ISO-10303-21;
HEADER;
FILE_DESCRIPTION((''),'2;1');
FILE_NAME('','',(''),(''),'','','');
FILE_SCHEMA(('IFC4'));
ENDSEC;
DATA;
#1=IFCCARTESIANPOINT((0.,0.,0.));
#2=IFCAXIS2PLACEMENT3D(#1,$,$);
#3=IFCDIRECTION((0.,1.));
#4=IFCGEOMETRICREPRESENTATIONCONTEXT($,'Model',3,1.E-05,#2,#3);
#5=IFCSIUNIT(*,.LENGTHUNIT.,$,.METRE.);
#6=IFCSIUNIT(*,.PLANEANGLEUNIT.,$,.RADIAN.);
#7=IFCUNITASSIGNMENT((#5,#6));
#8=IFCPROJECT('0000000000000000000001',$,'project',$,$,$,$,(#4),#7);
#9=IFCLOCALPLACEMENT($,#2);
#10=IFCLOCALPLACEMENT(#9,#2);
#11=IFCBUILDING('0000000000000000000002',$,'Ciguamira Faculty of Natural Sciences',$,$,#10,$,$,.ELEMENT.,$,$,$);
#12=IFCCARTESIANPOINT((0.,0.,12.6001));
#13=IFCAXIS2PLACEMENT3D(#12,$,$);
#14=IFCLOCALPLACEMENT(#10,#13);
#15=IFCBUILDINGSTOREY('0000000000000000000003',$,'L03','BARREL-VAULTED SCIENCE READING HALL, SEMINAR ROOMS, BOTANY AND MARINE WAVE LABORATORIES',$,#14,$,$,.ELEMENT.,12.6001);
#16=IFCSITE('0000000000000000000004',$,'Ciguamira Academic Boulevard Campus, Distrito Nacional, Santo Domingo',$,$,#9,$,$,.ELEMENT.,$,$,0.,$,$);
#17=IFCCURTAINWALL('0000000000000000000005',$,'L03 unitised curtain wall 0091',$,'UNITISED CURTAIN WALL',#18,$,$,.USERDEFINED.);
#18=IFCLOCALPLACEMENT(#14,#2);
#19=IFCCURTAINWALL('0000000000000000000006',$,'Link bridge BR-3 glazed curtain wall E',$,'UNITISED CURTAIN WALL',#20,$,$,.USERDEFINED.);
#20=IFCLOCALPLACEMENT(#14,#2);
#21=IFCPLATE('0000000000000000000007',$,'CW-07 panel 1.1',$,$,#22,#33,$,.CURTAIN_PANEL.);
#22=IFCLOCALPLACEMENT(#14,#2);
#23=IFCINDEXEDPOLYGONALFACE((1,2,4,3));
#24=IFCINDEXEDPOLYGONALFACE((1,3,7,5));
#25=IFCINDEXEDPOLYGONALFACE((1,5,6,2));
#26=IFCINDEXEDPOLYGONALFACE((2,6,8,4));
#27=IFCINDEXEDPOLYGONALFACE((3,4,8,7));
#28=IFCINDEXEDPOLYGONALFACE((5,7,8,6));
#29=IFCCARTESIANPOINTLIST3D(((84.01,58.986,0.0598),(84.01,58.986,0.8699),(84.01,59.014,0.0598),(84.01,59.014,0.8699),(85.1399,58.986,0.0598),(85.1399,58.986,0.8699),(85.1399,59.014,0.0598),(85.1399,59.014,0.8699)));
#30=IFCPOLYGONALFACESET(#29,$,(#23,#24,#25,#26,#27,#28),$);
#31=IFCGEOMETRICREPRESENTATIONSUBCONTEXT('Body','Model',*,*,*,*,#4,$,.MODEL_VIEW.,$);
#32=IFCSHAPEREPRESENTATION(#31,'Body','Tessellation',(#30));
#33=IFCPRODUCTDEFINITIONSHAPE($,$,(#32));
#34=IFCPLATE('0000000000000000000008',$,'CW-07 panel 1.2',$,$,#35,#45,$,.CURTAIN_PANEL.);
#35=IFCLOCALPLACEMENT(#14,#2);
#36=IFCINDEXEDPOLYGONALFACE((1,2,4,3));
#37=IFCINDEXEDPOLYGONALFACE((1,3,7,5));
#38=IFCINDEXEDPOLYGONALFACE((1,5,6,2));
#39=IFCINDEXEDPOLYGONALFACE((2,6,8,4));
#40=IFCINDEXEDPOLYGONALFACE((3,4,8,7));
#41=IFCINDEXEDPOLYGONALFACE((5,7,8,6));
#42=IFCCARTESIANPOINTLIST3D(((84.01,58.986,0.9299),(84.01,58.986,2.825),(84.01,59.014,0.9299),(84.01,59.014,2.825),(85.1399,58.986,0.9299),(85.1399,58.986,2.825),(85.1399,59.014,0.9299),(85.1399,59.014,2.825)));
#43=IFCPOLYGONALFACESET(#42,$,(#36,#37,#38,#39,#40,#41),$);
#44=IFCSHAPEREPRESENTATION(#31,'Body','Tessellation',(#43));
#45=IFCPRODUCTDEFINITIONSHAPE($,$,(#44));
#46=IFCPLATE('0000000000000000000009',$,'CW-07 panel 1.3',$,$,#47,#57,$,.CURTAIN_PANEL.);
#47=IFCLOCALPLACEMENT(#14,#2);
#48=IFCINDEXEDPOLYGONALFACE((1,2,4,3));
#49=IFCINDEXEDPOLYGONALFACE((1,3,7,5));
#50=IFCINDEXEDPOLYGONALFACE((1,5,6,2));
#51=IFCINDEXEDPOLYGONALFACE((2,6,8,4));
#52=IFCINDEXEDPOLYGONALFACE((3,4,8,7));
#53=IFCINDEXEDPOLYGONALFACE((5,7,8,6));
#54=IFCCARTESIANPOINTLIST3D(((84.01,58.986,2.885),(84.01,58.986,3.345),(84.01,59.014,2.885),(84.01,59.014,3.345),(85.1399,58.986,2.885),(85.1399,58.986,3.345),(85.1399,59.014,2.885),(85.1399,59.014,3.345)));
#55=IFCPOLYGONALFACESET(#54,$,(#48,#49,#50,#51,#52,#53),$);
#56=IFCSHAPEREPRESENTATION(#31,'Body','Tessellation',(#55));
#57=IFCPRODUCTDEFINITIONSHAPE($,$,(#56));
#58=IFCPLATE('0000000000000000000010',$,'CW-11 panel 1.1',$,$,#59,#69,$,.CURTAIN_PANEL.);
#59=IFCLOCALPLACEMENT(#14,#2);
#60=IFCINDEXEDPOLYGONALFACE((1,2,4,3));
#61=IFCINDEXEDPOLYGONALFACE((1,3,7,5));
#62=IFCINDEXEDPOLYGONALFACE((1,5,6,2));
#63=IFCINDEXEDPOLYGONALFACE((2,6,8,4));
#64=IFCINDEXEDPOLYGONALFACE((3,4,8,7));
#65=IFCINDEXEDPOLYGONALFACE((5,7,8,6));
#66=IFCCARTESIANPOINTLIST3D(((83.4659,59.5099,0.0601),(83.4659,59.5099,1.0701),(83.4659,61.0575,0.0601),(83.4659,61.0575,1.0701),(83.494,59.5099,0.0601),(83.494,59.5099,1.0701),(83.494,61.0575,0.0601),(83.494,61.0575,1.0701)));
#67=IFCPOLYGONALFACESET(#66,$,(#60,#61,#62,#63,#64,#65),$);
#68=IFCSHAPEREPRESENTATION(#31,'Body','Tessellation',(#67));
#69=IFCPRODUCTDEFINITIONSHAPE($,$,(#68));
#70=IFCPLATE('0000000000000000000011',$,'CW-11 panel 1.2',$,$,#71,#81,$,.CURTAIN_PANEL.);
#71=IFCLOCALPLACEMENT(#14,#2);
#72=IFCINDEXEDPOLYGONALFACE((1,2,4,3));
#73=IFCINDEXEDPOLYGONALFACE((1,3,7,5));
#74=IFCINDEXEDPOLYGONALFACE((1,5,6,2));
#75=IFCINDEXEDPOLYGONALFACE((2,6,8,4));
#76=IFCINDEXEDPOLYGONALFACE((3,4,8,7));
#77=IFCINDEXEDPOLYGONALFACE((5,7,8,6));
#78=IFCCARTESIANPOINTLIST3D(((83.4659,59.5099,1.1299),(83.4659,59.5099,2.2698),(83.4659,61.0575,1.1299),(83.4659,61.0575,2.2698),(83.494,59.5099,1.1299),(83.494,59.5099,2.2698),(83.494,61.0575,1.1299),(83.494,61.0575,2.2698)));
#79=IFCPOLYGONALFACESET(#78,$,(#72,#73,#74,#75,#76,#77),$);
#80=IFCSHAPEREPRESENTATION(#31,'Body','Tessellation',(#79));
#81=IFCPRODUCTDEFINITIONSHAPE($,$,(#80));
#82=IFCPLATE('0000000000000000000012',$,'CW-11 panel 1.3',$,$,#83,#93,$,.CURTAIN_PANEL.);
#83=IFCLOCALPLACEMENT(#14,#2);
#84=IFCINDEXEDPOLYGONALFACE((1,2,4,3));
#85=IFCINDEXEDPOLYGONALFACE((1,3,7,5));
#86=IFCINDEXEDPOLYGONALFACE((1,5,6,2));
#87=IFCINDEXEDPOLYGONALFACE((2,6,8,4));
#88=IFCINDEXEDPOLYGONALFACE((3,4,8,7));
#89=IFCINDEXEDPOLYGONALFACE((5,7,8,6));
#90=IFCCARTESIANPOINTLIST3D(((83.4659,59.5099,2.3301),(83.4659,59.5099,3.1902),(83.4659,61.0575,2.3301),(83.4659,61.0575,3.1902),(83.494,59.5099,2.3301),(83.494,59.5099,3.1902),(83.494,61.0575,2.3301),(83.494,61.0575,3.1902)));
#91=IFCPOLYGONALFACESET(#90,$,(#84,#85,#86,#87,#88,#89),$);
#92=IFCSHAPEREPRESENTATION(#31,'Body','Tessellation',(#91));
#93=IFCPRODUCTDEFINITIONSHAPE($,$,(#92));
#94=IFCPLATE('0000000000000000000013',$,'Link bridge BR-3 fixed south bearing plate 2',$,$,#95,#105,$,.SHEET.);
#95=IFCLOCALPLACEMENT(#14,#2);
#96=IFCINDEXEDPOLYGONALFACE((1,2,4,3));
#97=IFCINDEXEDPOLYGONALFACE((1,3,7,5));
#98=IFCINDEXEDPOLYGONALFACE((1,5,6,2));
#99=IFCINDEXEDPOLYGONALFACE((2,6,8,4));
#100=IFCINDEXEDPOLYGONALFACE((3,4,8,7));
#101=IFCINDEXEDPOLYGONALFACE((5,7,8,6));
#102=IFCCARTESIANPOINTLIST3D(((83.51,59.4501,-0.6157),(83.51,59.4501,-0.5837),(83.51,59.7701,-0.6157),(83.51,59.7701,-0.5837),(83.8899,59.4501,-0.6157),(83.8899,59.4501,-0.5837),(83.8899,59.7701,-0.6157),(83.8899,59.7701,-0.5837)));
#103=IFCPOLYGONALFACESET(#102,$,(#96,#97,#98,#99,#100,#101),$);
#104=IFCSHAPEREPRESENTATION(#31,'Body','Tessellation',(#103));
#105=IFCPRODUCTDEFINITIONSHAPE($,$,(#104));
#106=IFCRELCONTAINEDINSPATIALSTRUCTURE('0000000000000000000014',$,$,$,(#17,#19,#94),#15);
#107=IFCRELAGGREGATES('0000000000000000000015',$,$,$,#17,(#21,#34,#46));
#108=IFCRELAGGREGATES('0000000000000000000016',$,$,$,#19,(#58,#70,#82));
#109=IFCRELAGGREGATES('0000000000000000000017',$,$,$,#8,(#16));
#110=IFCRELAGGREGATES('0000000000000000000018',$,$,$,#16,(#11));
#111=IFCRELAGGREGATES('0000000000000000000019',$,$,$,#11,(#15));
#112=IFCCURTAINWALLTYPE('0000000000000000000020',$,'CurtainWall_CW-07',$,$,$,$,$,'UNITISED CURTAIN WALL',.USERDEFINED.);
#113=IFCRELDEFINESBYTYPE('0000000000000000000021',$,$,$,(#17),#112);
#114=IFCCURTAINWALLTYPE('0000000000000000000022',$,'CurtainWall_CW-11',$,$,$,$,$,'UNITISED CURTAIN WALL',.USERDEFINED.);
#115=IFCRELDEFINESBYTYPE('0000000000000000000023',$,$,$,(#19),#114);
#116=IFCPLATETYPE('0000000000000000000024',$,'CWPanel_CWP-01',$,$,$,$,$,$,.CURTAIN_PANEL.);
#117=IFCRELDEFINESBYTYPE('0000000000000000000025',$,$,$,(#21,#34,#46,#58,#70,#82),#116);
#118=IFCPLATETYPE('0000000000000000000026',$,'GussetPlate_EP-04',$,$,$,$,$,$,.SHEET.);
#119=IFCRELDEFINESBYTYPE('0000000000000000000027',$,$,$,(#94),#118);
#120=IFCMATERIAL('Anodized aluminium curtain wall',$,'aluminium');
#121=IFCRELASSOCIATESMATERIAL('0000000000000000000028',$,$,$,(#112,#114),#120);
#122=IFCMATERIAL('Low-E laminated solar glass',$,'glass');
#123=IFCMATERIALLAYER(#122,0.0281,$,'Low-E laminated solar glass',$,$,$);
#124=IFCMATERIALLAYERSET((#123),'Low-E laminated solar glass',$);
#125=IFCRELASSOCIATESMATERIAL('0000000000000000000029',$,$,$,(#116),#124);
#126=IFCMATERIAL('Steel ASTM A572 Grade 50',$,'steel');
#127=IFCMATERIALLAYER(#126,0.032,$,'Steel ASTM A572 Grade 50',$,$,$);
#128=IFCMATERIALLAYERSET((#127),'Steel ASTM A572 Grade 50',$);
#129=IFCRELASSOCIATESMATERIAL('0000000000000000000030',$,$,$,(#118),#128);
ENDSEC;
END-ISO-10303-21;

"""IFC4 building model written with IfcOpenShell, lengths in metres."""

from ifc_helpers import new_model, si_unit, direction, frame, origin, origin_2d, place, context, subcontext, project, spatial, rectangle, extrude, material, layer, layer_set, type_object, element, aggregate, save


model = new_model("IFC4")

# Units and contexts
model_context = context("Model", 3, precision=1e-05, world=origin(), true_north=direction((0.0, 1.0)))
body_context = subcontext(model_context, "Body", "Model", "MODEL_VIEW")
ifc_project = project(units=[si_unit("LENGTHUNIT", "METRE"), si_unit("PLANEANGLEUNIT", "RADIAN")], contexts=[model_context])

# Site, building, storey
site_placement = place(None, origin())
site = spatial("IfcSite", under=ifc_project, at=site_placement, Name="Ciguamira Academic Boulevard Campus, Distrito Nacional, Santo Domingo", CompositionType="ELEMENT", RefElevation=0.0)
building_placement = place(site_placement, origin())
building = spatial("IfcBuilding", under=site, at=building_placement, Name="Ciguamira Faculty of Natural Sciences", CompositionType="ELEMENT")
storey_placement = place(building_placement, frame((0.0, 0.0, 12.6001)))
storey = spatial("IfcBuildingStorey", under=building, at=storey_placement, Name="L03", Description="BARREL-VAULTED SCIENCE READING HALL, SEMINAR ROOMS, BOTANY AND MARINE WAVE LABORATORIES", CompositionType="ELEMENT", Elevation=12.6001)

# Curtain wall
ifc_material_1 = material(Name="Anodized aluminium curtain wall", Category="aluminium")
curtain_wall_type_1 = type_object("IfcCurtainWallType", Name="CurtainWall_CW-07", ElementType="UNITISED CURTAIN WALL", PredefinedType="USERDEFINED", material=ifc_material_1)
curtain_wall_1_placement = place(storey_placement, origin())
curtain_wall_1 = element("IfcCurtainWall", 1, at=curtain_wall_1_placement, inside=storey, type_object=curtain_wall_type_1, Name="L03 unitised curtain wall 0091", ObjectType="UNITISED CURTAIN WALL", PredefinedType="USERDEFINED")

# Curtain wall
curtain_wall_type_2 = type_object("IfcCurtainWallType", Name="CurtainWall_CW-11", ElementType="UNITISED CURTAIN WALL", PredefinedType="USERDEFINED", material=ifc_material_1)
curtain_wall_2_placement = place(storey_placement, origin())
curtain_wall_2 = element("IfcCurtainWall", 2, at=curtain_wall_2_placement, inside=storey, type_object=curtain_wall_type_2, Name="Link bridge BR-3 glazed curtain wall E", ObjectType="UNITISED CURTAIN WALL", PredefinedType="USERDEFINED")

# Plates
ifc_material_2 = material(Name="Low-E laminated solar glass", Category="glass")
ifc_layer_1 = layer(ifc_material_2, 0.0281, Name="Low-E laminated solar glass")
ifc_layer_set_1 = layer_set([ifc_layer_1], Name="Low-E laminated solar glass")
plate_type_1 = type_object("IfcPlateType", Name="CWPanel_CWP-01", PredefinedType="CURTAIN_PANEL", material=ifc_layer_set_1)
plate_1_placement = place(storey_placement, frame((84.575, 59.0, 0.0598), z_axis=(0.0, 0.0, 1.0), x_axis=(1.0, 0.0, 0.0)))
plate_1 = element("IfcPlate", 3, at=plate_1_placement, type_object=plate_type_1, Name="CW-07 panel 1.1", PredefinedType="CURTAIN_PANEL", context=body_context, shape_type="SweptSolid", body=[
    extrude(rectangle(XDim=1.1299, YDim=0.0281, at=origin_2d()), origin(), (0.0, 0.0, 1.0), 0.8101),
])
plate_2_placement = place(storey_placement, frame((84.575, 59.0, 0.9299), z_axis=(0.0, 0.0, 1.0), x_axis=(1.0, 0.0, 0.0)))
plate_2 = element("IfcPlate", 4, at=plate_2_placement, type_object=plate_type_1, Name="CW-07 panel 1.2", PredefinedType="CURTAIN_PANEL", context=body_context, shape_type="SweptSolid", body=[
    extrude(rectangle(XDim=1.1299, YDim=0.0281, at=origin_2d()), origin(), (0.0, 0.0, 1.0), 1.895),
])
plate_3_placement = place(storey_placement, frame((84.575, 59.0, 2.885), z_axis=(0.0, 0.0, 1.0), x_axis=(1.0, 0.0, 0.0)))
plate_3 = element("IfcPlate", 5, at=plate_3_placement, type_object=plate_type_1, Name="CW-07 panel 1.3", PredefinedType="CURTAIN_PANEL", context=body_context, shape_type="SweptSolid", body=[
    extrude(rectangle(XDim=1.1299, YDim=0.0281, at=origin_2d()), origin(), (0.0, 0.0, 1.0), 0.46),
])
aggregate(curtain_wall_1, [plate_1, plate_2, plate_3])
plate_4_placement = place(storey_placement, frame((83.48, 60.2837, 0.0601), z_axis=(0.0, 0.0, 1.0), x_axis=(0.0, 1.0, 0.0)))
plate_4 = element("IfcPlate", 6, at=plate_4_placement, type_object=plate_type_1, Name="CW-11 panel 1.1", PredefinedType="CURTAIN_PANEL", context=body_context, shape_type="SweptSolid", body=[
    extrude(rectangle(XDim=1.5476, YDim=0.0281, at=origin_2d()), origin(), (0.0, 0.0, 1.0), 1.01),
])
plate_5_placement = place(storey_placement, frame((83.48, 60.2837, 1.1299), z_axis=(0.0, 0.0, 1.0), x_axis=(0.0, 1.0, 0.0)))
plate_5 = element("IfcPlate", 7, at=plate_5_placement, type_object=plate_type_1, Name="CW-11 panel 1.2", PredefinedType="CURTAIN_PANEL", context=body_context, shape_type="SweptSolid", body=[
    extrude(rectangle(XDim=1.5476, YDim=0.0281, at=origin_2d()), origin(), (0.0, 0.0, 1.0), 1.1399),
])
plate_6_placement = place(storey_placement, frame((83.48, 60.2837, 2.3301), z_axis=(0.0, 0.0, 1.0), x_axis=(0.0, 1.0, 0.0)))
plate_6 = element("IfcPlate", 8, at=plate_6_placement, type_object=plate_type_1, Name="CW-11 panel 1.3", PredefinedType="CURTAIN_PANEL", context=body_context, shape_type="SweptSolid", body=[
    extrude(rectangle(XDim=1.5476, YDim=0.0281, at=origin_2d()), origin(), (0.0, 0.0, 1.0), 0.8601),
])
aggregate(curtain_wall_2, [plate_4, plate_5, plate_6])
ifc_material_3 = material(Name="Steel ASTM A572 Grade 50", Category="steel")
ifc_layer_2 = layer(ifc_material_3, 0.032, Name="Steel ASTM A572 Grade 50")
ifc_layer_set_2 = layer_set([ifc_layer_2], Name="Steel ASTM A572 Grade 50")
plate_type_2 = type_object("IfcPlateType", Name="GussetPlate_EP-04", PredefinedType="SHEET", material=ifc_layer_set_2)
plate_7_placement = place(storey_placement, frame((83.7, 59.6101, -0.6157), z_axis=(0.0, 0.0, 1.0), x_axis=(1.0, 0.0, 0.0)))
element("IfcPlate", 9, at=plate_7_placement, inside=storey, type_object=plate_type_2, Name="Link bridge BR-3 fixed south bearing plate 2", PredefinedType="SHEET", context=body_context, shape_type="SweptSolid", body=[
    extrude(rectangle(XDim=0.3799, YDim=0.3201, at=origin_2d()), origin(), (0.0, 0.0, 1.0), 0.032),
])

save(model, "model.ifc")
